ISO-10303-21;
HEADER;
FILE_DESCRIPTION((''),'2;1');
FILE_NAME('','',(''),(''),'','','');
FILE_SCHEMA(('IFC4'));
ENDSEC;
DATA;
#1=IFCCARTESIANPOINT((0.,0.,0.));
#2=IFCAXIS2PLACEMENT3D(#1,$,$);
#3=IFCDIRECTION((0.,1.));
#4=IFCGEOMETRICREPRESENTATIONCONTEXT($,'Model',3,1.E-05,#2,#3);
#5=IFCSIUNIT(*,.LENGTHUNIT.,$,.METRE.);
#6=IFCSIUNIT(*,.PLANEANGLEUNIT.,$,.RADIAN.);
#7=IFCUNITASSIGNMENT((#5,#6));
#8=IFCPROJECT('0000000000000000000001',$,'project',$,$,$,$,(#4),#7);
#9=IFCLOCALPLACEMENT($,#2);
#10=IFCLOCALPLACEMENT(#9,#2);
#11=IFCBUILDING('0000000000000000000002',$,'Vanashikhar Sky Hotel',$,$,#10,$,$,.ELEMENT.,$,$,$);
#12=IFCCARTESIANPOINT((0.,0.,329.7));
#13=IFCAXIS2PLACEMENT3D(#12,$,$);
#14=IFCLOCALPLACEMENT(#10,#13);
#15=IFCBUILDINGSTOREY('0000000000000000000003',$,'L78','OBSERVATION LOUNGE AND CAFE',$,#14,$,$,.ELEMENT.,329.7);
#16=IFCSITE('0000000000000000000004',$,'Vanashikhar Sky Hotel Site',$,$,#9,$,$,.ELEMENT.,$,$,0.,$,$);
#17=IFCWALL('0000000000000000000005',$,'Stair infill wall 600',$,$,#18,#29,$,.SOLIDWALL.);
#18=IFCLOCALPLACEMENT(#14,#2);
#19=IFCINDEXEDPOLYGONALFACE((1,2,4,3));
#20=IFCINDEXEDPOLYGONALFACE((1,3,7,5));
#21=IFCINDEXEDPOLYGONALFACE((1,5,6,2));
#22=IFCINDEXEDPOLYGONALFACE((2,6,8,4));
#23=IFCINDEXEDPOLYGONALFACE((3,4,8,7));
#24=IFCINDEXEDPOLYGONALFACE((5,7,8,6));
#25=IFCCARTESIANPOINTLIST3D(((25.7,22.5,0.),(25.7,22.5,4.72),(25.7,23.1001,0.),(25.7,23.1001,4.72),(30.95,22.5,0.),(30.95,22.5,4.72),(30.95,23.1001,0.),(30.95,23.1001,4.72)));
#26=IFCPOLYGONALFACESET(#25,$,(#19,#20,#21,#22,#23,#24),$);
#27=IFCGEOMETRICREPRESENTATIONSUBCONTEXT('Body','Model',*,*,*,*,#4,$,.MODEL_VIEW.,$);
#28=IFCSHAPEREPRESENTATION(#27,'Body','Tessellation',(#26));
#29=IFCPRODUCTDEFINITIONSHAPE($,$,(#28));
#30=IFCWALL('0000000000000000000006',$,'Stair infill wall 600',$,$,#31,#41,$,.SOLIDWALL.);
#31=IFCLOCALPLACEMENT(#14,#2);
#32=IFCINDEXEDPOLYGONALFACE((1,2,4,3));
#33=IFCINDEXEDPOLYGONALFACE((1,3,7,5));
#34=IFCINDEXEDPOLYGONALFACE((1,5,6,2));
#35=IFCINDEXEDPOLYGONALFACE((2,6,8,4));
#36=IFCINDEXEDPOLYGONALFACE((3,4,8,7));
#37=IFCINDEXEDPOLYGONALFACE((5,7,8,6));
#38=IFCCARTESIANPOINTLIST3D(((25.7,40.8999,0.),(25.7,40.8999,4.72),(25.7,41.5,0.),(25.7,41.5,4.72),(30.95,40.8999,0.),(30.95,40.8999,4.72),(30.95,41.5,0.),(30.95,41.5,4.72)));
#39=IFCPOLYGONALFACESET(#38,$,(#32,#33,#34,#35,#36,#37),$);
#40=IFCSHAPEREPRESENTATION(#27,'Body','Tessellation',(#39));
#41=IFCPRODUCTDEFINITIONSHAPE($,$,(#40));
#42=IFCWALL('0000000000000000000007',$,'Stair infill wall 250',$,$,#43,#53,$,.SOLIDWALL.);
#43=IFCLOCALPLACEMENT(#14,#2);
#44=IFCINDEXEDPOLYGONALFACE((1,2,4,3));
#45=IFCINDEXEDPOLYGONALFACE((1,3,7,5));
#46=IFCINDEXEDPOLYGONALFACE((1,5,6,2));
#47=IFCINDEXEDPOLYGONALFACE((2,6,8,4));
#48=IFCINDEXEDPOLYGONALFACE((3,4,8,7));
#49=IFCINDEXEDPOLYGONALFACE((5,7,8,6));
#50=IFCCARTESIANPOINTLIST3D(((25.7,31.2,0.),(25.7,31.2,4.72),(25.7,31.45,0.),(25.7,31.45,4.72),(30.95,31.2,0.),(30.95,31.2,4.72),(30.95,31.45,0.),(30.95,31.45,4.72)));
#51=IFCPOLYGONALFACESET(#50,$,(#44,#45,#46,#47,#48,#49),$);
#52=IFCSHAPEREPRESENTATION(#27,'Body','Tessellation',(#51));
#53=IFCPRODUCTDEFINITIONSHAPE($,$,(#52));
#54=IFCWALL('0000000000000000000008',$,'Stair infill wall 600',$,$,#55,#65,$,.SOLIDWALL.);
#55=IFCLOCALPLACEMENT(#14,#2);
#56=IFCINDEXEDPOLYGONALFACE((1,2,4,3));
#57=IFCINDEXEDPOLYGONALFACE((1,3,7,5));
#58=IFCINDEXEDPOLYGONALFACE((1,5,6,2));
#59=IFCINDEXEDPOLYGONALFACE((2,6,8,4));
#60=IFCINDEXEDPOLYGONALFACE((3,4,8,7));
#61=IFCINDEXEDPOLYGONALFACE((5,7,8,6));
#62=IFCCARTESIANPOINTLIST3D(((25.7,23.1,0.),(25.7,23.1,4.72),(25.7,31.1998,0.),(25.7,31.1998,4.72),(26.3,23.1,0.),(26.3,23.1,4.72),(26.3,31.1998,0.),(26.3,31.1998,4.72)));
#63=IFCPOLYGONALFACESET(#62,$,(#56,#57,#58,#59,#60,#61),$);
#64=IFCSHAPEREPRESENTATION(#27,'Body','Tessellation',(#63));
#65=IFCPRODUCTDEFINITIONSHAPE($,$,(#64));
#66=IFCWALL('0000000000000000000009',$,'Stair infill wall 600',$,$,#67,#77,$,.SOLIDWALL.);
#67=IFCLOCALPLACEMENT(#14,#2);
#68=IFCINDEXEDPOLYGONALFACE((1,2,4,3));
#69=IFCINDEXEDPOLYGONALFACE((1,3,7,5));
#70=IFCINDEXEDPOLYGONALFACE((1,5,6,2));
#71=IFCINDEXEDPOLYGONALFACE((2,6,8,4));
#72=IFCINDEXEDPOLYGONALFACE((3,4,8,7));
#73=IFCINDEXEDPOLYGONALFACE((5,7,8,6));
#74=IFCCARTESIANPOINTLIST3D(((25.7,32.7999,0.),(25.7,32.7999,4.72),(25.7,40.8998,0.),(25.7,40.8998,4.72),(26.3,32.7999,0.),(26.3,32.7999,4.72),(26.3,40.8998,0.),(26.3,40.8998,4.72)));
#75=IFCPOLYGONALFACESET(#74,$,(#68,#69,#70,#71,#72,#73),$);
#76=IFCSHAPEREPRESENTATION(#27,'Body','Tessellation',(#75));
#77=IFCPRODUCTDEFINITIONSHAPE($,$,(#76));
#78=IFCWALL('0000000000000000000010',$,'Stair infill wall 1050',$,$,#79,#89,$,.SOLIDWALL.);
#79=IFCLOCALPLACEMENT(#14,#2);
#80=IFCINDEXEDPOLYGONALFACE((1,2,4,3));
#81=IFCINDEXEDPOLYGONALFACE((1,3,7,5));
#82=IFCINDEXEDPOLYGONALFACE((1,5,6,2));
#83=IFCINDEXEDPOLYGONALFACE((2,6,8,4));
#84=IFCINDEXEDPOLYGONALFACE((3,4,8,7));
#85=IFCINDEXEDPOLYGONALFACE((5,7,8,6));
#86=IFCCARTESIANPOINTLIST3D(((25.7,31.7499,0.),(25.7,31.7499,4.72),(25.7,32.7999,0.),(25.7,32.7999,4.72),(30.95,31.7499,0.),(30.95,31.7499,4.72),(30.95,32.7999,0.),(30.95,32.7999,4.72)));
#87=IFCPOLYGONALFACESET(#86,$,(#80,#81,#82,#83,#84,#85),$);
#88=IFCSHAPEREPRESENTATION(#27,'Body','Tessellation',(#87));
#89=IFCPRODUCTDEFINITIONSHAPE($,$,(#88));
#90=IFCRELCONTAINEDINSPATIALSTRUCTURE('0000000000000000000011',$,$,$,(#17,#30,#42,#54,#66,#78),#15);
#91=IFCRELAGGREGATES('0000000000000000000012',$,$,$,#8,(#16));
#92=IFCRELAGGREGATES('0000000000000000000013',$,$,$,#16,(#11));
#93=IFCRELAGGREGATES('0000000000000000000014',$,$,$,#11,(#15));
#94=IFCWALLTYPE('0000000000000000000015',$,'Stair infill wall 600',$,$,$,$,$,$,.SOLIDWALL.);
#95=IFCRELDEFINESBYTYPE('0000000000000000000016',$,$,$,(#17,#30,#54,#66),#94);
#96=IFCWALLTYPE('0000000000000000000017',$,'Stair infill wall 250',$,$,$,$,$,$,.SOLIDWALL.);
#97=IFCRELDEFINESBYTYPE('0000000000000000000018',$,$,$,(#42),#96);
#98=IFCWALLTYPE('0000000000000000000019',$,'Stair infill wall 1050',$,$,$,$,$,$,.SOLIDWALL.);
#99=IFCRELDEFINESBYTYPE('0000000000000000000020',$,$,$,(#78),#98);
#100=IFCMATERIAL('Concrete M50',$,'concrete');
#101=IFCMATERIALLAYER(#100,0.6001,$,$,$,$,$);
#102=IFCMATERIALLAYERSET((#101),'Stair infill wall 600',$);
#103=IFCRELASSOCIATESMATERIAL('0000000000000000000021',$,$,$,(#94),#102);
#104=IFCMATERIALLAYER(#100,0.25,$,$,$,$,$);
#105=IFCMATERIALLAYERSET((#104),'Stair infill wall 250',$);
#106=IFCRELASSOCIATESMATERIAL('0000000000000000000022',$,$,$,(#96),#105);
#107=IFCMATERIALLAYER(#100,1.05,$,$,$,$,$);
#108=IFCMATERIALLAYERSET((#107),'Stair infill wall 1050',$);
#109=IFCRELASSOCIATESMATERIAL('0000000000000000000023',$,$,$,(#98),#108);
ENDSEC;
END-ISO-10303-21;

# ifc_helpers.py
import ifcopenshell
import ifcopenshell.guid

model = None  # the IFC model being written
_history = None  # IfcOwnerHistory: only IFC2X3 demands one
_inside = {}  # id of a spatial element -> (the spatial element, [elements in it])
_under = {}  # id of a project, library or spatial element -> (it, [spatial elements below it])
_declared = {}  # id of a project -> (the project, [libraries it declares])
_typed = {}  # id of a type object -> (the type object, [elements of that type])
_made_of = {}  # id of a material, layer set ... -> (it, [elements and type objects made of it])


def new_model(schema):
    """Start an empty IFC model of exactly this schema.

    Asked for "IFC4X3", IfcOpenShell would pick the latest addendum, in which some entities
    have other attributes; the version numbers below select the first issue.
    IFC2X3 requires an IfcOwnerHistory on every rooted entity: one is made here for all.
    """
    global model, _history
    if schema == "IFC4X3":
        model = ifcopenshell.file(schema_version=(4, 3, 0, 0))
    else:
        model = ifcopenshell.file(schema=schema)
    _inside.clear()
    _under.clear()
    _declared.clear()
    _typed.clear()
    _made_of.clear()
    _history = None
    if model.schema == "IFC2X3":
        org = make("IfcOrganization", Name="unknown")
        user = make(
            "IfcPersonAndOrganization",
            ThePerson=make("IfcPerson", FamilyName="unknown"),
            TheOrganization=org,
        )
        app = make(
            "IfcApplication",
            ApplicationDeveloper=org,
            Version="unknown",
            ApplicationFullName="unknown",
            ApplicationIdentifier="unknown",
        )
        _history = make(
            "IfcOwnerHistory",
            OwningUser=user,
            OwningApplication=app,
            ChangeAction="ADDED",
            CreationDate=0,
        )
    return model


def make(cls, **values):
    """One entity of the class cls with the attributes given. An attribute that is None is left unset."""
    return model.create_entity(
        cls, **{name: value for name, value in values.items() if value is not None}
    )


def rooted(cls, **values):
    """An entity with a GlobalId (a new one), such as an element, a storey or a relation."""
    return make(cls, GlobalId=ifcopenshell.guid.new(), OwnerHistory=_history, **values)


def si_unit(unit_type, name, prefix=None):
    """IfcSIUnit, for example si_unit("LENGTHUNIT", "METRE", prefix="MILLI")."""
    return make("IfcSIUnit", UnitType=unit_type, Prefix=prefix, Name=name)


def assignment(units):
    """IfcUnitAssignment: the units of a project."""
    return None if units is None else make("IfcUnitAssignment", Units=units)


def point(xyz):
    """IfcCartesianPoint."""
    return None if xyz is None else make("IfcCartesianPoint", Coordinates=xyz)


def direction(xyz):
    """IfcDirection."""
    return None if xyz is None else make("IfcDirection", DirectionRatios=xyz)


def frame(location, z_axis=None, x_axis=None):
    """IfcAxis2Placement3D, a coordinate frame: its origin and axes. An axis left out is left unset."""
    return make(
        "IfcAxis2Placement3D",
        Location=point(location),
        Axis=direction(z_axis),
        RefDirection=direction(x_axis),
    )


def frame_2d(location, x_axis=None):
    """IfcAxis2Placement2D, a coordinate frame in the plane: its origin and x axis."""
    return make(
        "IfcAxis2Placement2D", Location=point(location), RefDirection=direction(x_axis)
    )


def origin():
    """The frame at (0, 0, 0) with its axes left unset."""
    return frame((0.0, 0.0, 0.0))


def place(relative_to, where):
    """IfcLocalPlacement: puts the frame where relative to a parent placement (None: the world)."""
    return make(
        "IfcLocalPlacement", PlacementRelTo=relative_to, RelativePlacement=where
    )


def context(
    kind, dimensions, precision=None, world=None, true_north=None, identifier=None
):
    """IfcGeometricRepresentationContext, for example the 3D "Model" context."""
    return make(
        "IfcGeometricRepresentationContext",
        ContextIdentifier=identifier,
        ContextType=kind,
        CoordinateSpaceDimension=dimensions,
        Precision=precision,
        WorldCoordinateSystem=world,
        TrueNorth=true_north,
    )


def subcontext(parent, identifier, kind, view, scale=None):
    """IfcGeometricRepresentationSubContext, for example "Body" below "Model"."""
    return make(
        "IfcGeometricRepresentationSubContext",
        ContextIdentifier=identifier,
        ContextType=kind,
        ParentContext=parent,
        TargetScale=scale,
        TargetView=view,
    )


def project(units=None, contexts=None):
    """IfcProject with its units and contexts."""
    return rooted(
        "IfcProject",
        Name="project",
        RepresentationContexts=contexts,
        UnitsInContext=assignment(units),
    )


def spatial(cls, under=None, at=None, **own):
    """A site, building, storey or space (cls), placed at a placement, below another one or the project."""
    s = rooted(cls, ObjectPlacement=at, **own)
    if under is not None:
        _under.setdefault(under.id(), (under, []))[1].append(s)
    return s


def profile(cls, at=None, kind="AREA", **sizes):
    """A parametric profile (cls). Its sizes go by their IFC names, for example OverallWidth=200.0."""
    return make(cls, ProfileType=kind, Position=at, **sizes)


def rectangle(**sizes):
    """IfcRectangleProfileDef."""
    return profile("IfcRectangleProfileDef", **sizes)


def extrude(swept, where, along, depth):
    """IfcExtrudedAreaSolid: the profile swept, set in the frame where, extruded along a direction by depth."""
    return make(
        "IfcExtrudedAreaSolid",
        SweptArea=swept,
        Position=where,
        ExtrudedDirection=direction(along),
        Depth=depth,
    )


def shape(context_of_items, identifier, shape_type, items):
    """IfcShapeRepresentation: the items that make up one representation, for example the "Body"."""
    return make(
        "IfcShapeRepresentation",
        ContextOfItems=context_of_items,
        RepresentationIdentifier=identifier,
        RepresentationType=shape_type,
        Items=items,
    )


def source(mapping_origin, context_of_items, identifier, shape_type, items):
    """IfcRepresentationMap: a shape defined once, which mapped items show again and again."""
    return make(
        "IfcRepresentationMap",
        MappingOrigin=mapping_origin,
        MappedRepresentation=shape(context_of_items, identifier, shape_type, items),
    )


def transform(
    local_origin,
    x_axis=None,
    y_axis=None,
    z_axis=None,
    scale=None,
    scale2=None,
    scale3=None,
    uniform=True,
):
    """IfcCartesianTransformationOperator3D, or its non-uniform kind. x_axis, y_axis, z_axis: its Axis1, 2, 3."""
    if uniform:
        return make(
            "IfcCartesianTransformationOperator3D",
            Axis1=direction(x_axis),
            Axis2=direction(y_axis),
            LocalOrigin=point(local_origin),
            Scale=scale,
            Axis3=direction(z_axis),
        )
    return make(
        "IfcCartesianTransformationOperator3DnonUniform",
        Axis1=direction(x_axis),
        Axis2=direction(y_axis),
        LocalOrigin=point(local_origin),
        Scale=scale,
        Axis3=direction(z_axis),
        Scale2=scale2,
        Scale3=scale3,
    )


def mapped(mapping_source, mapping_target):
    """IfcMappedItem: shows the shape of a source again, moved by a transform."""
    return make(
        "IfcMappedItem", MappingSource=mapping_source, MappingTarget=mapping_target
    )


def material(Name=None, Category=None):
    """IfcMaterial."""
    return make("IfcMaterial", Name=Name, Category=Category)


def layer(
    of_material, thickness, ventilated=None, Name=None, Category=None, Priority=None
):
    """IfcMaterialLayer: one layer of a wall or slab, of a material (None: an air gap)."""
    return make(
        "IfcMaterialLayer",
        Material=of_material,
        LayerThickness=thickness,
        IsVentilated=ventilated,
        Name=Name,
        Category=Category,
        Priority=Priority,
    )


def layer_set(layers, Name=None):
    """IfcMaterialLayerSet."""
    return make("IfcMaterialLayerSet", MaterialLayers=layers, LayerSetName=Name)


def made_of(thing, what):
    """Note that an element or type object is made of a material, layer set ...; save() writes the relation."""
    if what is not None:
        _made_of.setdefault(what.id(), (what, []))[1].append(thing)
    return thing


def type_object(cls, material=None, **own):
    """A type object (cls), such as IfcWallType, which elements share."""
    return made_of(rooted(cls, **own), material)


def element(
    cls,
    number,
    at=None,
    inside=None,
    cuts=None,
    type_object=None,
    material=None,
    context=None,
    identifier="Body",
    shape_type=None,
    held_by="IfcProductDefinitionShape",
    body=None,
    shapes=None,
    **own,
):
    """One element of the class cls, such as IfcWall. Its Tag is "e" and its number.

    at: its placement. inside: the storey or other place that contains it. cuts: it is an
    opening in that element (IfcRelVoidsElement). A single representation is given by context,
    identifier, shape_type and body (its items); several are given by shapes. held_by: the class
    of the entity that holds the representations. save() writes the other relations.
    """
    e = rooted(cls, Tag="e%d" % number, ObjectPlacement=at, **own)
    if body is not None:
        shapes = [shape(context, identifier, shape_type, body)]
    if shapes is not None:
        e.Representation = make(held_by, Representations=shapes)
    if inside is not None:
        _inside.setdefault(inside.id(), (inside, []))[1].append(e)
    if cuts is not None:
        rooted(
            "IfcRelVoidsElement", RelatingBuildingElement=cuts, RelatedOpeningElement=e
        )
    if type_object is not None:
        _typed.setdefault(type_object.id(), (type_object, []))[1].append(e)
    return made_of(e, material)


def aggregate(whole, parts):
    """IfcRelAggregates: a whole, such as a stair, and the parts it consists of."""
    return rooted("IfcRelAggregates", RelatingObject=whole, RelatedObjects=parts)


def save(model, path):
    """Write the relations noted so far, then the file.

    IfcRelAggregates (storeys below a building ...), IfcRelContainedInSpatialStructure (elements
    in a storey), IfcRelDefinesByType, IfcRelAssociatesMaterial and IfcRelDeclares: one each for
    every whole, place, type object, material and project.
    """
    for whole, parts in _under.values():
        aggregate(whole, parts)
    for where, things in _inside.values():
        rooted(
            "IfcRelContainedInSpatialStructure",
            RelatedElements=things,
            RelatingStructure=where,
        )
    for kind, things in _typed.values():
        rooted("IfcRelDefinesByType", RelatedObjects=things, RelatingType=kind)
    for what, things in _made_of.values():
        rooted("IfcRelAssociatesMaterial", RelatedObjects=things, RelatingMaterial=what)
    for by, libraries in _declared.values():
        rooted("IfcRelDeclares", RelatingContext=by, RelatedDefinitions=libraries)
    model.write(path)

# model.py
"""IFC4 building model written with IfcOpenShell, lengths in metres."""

from ifc_helpers import new_model, si_unit, direction, frame, frame_2d, origin, place, context, subcontext, project, spatial, rectangle, extrude, source, transform, mapped, material, layer, layer_set, type_object, element, save


model = new_model("IFC4")

# Units and contexts
model_context = context("Model", 3, precision=1e-05, world=origin(), true_north=direction((0.0, 1.0)))
body_context = subcontext(model_context, "Body", "Model", "MODEL_VIEW")
ifc_project = project(units=[si_unit("LENGTHUNIT", "METRE"), si_unit("PLANEANGLEUNIT", "RADIAN")], contexts=[model_context])

# Site, building, storey
site_placement = place(None, origin())
site = spatial("IfcSite", under=ifc_project, at=site_placement, Name="Vanashikhar Sky Hotel Site", CompositionType="ELEMENT", RefElevation=0.0)
building_placement = place(site_placement, origin())
building = spatial("IfcBuilding", under=site, at=building_placement, Name="Vanashikhar Sky Hotel", CompositionType="ELEMENT")
storey_placement = place(building_placement, frame((0.0, 0.0, 329.7)))
storey = spatial("IfcBuildingStorey", under=building, at=storey_placement, Name="L78", Description="OBSERVATION LOUNGE AND CAFE", CompositionType="ELEMENT", Elevation=329.7)

# Shared definitions
ifc_material_1 = material(Name="Concrete M50", Category="concrete")

# Walls
ifc_layer_1 = layer(ifc_material_1, 0.6001)
ifc_layer_set_1 = layer_set([ifc_layer_1], Name="Stair infill wall 600")
wall_type_1 = type_object("IfcWallType", Name="Stair infill wall 600", PredefinedType="SOLIDWALL", material=ifc_layer_set_1)
shared_shape_1 = source(origin(), body_context, "Body", "SweptSolid", [
    extrude(rectangle(XDim=5.25, YDim=0.6001, at=frame_2d((2.625, 0.0))), origin(), (0.0, 0.0, 1.0), 4.72),
])
for number, where, z_axis, x_axis, name in (
    (1, (25.7, 22.8, 0.0), (0.0, 0.0, 1.0), (1.0, 0.0, 0.0), "Stair infill wall 600"),
    (2, (25.7, 41.2, 0.0), (0.0, 0.0, 1.0), (1.0, 0.0, 0.0), "Stair infill wall 600"),
):
    element("IfcWall", number, at=place(storey_placement, frame(where, z_axis=z_axis, x_axis=x_axis)), inside=storey, type_object=wall_type_1, Name=name, PredefinedType="SOLIDWALL", context=body_context, shape_type="MappedRepresentation", body=[
        mapped(shared_shape_1, transform((0.0, 0.0, 0.0), scale=1.0)),
    ])
ifc_layer_2 = layer(ifc_material_1, 0.25)
ifc_layer_set_2 = layer_set([ifc_layer_2], Name="Stair infill wall 250")
wall_type_2 = type_object("IfcWallType", Name="Stair infill wall 250", PredefinedType="SOLIDWALL", material=ifc_layer_set_2)
shared_shape_2 = source(origin(), body_context, "Body", "SweptSolid", [
    extrude(rectangle(XDim=5.25, YDim=0.25, at=frame_2d((2.625, 0.0))), origin(), (0.0, 0.0, 1.0), 4.72),
])
wall_1_placement = place(storey_placement, frame((25.7, 31.325, 0.0), z_axis=(0.0, 0.0, 1.0), x_axis=(1.0, 0.0, 0.0)))
element("IfcWall", 3, at=wall_1_placement, inside=storey, type_object=wall_type_2, Name="Stair infill wall 250", PredefinedType="SOLIDWALL", context=body_context, shape_type="MappedRepresentation", body=[
    mapped(shared_shape_2, transform((0.0, 0.0, 0.0), scale=1.0)),
])
shared_shape_3 = source(origin(), body_context, "Body", "SweptSolid", [
    extrude(rectangle(XDim=8.0999, YDim=0.6001, at=frame_2d((4.0498, 0.0))), origin(), (0.0, 0.0, 1.0), 4.72),
])
for number, where, z_axis, x_axis, name in (
    (4, (26.0, 23.1001, 0.0), (0.0, 0.0, 1.0), (0.0, 1.0, 0.0), "Stair infill wall 600"),
    (5, (26.0, 32.8, 0.0), (0.0, 0.0, 1.0), (0.0, 1.0, 0.0), "Stair infill wall 600"),
):
    element("IfcWall", number, at=place(storey_placement, frame(where, z_axis=z_axis, x_axis=x_axis)), inside=storey, type_object=wall_type_1, Name=name, PredefinedType="SOLIDWALL", context=body_context, shape_type="MappedRepresentation", body=[
        mapped(shared_shape_3, transform((0.0, 0.0, 0.0), scale=1.0)),
    ])
ifc_layer_3 = layer(ifc_material_1, 1.05)
ifc_layer_set_3 = layer_set([ifc_layer_3], Name="Stair infill wall 1050")
wall_type_3 = type_object("IfcWallType", Name="Stair infill wall 1050", PredefinedType="SOLIDWALL", material=ifc_layer_set_3)
shared_shape_4 = source(origin(), body_context, "Body", "SweptSolid", [
    extrude(rectangle(XDim=5.25, YDim=1.05, at=frame_2d((2.625, 0.0))), origin(), (0.0, 0.0, 1.0), 4.72),
])
wall_2_placement = place(storey_placement, frame((25.7, 32.2749, 0.0), z_axis=(0.0, 0.0, 1.0), x_axis=(1.0, 0.0, 0.0)))
element("IfcWall", 6, at=wall_2_placement, inside=storey, type_object=wall_type_3, Name="Stair infill wall 1050", PredefinedType="SOLIDWALL", context=body_context, shape_type="MappedRepresentation", body=[
    mapped(shared_shape_4, transform((0.0, 0.0, 0.0), scale=1.0)),
])

save(model, "model.ifc")
